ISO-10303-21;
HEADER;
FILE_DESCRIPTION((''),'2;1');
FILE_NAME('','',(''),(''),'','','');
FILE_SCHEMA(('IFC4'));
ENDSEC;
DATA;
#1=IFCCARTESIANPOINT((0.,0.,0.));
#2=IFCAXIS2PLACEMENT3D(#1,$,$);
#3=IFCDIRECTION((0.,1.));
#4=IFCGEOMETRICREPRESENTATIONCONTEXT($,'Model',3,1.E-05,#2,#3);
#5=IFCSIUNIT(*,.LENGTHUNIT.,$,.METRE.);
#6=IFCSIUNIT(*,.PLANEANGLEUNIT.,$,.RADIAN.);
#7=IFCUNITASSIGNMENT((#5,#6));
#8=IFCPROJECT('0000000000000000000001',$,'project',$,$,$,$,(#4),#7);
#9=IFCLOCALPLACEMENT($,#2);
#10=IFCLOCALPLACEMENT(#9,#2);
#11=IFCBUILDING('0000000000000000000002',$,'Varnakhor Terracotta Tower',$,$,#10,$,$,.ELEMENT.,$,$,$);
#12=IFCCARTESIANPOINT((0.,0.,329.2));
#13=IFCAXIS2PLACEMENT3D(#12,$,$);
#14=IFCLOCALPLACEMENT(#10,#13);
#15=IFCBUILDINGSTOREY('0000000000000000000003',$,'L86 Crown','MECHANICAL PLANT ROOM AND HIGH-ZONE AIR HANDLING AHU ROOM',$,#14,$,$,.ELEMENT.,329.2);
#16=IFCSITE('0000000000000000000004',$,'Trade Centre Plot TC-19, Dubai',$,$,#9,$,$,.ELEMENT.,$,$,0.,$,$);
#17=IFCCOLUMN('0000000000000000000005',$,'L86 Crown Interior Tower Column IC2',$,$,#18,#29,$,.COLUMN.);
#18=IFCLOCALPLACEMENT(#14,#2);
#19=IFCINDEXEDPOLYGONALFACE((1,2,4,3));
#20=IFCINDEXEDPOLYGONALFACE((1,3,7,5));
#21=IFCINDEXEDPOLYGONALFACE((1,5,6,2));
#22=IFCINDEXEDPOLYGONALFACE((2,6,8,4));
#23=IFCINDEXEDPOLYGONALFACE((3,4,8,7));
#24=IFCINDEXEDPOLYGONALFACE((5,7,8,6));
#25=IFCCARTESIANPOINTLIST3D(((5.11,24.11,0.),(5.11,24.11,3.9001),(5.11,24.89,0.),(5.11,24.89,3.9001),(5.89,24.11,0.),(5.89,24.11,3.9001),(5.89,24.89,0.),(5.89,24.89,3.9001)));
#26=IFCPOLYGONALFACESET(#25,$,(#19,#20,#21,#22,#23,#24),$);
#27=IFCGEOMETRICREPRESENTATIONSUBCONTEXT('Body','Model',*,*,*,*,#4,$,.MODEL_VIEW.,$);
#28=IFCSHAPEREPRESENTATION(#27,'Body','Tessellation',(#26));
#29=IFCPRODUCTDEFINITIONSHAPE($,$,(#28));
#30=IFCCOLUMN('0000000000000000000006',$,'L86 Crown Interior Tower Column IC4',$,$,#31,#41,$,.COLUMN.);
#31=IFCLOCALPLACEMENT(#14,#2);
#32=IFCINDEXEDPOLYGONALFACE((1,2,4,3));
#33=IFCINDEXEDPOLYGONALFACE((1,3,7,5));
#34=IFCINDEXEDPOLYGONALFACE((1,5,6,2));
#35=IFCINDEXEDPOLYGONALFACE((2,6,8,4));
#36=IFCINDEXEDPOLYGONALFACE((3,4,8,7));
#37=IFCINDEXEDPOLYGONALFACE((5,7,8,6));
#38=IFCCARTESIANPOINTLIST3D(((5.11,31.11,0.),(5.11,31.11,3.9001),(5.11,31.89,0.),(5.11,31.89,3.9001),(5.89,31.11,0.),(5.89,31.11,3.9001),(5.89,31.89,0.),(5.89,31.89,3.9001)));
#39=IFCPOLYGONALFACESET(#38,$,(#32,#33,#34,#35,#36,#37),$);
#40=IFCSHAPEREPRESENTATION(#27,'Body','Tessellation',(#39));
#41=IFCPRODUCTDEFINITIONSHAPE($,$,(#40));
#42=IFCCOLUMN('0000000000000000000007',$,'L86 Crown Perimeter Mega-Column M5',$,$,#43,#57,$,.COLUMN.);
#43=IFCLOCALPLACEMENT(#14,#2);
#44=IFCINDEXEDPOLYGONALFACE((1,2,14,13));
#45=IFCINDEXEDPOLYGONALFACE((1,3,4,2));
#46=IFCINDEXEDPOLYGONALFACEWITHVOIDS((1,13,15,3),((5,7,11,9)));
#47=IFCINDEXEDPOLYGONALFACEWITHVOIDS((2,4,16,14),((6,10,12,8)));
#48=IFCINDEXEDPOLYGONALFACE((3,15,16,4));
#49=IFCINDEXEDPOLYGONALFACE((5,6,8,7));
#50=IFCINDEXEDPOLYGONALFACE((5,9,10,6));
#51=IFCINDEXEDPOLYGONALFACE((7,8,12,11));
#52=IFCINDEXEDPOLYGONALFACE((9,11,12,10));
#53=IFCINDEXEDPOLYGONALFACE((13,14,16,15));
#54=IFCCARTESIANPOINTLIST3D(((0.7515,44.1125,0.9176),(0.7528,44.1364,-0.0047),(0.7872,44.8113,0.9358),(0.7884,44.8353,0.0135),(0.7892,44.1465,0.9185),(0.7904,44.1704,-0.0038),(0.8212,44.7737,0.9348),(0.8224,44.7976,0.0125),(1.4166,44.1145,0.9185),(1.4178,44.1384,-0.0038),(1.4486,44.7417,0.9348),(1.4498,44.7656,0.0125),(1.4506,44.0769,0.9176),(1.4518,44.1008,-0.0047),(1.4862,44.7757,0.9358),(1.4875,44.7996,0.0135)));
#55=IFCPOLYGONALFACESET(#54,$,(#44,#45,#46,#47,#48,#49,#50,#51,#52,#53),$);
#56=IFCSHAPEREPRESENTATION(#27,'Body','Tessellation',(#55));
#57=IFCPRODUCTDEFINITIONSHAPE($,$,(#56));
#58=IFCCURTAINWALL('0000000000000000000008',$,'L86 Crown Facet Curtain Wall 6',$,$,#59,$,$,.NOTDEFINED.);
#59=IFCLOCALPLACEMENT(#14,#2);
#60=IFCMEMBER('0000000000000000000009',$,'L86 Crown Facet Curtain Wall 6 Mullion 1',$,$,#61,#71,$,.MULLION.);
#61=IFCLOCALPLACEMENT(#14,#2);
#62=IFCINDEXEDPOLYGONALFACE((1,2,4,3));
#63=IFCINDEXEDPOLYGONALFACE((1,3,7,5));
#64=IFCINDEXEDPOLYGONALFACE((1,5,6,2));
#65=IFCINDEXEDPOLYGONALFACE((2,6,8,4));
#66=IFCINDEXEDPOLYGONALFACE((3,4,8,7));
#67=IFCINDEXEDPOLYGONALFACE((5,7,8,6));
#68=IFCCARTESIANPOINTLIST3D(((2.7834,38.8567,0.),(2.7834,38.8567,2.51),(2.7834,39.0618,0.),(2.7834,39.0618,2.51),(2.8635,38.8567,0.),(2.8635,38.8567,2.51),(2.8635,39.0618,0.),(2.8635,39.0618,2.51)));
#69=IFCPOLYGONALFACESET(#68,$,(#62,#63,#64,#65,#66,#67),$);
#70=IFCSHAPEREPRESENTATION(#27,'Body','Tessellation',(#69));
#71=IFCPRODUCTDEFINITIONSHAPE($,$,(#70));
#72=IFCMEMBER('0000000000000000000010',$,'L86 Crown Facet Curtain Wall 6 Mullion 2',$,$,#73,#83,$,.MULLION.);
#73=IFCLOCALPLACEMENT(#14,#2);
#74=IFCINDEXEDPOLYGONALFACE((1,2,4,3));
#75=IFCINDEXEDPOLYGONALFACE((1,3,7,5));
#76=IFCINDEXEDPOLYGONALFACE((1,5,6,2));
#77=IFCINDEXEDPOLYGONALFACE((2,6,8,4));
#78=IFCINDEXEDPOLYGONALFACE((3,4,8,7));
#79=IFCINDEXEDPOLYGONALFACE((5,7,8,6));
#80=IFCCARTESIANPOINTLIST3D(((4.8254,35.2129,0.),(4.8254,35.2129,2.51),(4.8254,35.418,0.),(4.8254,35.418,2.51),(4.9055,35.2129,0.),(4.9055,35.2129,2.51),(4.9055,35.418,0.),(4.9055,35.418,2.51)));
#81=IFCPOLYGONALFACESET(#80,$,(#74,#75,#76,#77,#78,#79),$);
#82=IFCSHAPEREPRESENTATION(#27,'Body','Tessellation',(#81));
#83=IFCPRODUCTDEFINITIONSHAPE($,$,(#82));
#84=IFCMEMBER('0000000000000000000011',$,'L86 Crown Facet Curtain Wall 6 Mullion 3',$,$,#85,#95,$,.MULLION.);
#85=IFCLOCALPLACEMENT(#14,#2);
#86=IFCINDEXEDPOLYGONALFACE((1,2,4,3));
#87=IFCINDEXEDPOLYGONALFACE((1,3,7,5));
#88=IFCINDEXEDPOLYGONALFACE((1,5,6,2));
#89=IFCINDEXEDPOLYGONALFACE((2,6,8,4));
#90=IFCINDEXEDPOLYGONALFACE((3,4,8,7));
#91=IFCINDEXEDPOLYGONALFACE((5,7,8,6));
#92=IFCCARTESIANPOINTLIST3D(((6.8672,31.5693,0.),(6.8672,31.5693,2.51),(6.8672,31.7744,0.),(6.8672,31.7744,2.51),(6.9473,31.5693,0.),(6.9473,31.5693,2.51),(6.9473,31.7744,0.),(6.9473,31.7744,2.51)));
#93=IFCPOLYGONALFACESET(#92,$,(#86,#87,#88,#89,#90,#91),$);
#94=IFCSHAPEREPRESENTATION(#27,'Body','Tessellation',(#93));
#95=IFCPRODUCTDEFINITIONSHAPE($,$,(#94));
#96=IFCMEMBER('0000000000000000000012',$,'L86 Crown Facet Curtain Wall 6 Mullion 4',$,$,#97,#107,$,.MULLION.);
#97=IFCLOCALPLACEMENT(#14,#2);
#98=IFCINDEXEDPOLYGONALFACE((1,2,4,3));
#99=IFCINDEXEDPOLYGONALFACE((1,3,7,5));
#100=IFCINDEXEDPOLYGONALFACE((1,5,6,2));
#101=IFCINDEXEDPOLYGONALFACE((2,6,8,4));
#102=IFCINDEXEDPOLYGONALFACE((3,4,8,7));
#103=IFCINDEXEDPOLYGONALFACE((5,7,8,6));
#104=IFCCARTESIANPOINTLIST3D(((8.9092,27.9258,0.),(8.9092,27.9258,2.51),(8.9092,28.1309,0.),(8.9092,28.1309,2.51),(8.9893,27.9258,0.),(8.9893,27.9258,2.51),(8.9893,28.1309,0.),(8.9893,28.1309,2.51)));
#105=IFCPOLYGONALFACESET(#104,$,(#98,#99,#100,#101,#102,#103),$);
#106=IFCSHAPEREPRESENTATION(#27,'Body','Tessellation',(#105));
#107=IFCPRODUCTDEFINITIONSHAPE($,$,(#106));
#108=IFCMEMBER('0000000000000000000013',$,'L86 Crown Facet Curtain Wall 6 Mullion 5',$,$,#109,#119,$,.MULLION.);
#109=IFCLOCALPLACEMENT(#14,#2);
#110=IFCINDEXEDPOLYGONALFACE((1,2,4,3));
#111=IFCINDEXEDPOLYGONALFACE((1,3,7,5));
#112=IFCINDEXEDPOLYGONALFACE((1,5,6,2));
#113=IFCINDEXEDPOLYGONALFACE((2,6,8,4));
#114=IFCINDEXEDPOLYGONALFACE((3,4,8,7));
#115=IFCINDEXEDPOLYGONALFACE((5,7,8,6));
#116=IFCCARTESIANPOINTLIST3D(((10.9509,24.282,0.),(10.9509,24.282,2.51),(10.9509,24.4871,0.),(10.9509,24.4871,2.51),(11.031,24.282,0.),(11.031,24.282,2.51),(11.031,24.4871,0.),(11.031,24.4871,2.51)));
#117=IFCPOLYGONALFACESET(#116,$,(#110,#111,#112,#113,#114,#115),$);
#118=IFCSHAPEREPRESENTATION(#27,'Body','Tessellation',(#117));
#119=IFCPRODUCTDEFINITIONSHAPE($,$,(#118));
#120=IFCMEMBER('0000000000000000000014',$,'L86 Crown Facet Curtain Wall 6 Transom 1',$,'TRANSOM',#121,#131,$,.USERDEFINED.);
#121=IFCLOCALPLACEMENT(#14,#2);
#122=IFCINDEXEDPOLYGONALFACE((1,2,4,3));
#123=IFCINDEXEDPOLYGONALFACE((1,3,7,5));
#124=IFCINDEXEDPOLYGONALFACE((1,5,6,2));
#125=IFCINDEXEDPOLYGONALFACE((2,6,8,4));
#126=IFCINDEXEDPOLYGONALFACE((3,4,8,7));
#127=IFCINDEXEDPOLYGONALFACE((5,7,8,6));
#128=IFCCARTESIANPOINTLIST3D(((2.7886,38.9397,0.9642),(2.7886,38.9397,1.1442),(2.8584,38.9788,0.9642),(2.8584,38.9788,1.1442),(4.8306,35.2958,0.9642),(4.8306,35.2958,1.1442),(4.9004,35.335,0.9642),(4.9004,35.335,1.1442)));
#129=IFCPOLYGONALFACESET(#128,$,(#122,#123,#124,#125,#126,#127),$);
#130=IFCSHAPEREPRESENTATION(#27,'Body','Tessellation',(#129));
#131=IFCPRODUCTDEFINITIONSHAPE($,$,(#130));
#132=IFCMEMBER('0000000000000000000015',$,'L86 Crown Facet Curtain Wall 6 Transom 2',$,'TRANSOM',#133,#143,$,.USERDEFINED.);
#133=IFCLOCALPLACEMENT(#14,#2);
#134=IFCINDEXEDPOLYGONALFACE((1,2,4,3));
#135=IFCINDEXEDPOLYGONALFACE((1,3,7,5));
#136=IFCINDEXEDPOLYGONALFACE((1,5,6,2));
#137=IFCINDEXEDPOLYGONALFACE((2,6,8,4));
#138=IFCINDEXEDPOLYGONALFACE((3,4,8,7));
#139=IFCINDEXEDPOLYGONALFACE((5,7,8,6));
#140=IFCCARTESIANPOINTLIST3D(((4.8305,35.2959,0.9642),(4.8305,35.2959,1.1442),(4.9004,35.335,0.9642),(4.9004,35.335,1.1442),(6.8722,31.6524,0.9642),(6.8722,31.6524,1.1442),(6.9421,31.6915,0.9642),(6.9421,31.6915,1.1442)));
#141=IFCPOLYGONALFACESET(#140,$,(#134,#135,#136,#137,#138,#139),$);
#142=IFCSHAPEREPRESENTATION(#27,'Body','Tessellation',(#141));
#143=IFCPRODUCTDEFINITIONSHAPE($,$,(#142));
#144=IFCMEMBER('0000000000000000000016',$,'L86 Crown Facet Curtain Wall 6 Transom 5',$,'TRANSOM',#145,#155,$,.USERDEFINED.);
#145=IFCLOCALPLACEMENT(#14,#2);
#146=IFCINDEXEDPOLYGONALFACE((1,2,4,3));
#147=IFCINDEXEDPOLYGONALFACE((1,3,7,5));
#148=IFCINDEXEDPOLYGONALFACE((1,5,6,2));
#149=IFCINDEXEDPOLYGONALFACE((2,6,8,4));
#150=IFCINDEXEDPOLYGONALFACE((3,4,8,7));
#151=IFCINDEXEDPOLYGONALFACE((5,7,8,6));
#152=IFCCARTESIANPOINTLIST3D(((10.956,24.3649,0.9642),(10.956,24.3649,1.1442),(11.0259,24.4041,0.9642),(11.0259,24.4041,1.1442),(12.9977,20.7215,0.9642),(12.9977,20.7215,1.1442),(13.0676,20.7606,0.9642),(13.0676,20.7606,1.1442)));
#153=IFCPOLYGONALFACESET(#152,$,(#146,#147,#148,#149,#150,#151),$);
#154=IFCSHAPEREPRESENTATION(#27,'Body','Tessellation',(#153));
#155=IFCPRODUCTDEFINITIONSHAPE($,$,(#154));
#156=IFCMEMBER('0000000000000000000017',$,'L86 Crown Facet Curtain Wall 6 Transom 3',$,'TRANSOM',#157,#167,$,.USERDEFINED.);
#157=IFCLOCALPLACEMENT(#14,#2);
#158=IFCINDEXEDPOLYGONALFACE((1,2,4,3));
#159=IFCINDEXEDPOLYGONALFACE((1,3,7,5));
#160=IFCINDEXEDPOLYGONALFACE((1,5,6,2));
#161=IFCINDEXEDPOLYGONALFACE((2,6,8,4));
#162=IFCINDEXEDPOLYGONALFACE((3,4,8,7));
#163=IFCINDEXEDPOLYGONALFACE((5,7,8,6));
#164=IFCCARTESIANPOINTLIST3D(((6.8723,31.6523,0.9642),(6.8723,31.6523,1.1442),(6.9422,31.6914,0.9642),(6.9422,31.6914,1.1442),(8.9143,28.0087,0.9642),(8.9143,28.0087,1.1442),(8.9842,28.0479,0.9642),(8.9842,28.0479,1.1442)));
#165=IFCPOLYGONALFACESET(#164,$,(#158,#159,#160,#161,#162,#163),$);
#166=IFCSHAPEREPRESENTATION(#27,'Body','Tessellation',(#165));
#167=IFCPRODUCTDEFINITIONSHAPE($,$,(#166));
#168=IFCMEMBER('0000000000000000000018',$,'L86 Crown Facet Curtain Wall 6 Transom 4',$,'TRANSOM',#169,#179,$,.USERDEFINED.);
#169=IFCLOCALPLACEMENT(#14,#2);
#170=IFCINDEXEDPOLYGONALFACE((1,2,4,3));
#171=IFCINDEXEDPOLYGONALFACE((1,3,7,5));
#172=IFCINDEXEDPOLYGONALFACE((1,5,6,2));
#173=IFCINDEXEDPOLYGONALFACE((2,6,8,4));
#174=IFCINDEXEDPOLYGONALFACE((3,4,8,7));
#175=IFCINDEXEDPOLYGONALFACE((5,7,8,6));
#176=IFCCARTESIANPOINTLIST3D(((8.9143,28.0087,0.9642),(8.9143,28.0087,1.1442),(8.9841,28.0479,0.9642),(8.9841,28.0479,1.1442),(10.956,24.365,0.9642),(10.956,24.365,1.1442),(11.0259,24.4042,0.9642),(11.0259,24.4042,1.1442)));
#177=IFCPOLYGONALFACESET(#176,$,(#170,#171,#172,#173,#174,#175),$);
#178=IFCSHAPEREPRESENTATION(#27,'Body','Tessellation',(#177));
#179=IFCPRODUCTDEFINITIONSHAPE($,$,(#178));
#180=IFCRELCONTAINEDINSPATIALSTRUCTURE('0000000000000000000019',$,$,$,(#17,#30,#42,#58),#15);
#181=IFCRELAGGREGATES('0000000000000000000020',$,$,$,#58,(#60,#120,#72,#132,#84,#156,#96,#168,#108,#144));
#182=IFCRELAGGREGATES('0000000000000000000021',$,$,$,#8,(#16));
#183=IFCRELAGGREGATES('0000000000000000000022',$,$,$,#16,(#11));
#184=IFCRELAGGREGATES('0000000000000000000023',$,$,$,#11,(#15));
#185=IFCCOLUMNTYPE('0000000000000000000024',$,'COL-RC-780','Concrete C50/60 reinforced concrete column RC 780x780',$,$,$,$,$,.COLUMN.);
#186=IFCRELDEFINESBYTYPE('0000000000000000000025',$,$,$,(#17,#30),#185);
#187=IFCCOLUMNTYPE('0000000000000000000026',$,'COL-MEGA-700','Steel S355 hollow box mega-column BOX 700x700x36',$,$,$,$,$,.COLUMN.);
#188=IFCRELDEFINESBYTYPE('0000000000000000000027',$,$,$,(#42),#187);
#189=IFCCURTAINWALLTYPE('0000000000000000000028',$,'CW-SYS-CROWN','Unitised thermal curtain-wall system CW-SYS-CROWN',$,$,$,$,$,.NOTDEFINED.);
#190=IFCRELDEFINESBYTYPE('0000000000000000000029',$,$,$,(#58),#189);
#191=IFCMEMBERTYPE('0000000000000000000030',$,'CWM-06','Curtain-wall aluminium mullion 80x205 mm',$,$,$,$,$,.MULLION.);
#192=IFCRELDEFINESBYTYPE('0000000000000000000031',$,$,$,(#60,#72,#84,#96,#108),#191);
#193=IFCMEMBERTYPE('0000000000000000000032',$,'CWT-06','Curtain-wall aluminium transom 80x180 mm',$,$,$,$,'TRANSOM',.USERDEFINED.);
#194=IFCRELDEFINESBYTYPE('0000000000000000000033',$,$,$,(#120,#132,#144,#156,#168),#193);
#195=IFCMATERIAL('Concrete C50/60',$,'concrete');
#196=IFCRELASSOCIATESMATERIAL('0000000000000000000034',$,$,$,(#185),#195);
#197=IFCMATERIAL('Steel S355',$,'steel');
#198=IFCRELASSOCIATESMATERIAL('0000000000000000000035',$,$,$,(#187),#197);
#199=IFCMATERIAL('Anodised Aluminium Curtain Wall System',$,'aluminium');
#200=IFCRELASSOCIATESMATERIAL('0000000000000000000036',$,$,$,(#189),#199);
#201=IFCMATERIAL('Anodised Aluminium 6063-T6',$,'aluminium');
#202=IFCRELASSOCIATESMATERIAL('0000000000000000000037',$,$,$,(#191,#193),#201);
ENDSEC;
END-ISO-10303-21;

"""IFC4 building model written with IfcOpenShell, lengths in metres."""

from ifc_helpers import new_model, si_unit, direction, frame, origin, origin_2d, place, context, subcontext, project, spatial, rectangle, hollow_rectangle, extrude, source, transform, mapped, material, material_profile, profile_set, type_object, element, aggregate, save


model = new_model("IFC4")

# Units and contexts
model_context = context("Model", 3, precision=1e-05, world=origin(), true_north=direction((0.0, 1.0)))
body_context = subcontext(model_context, "Body", "Model", "MODEL_VIEW")
ifc_project = project(units=[si_unit("LENGTHUNIT", "METRE"), si_unit("PLANEANGLEUNIT", "RADIAN")], contexts=[model_context])

# Site, building, storey
site_placement = place(None, origin())
site = spatial("IfcSite", under=ifc_project, at=site_placement, Name="Trade Centre Plot TC-19, Dubai", CompositionType="ELEMENT", RefElevation=0.0)
building_placement = place(site_placement, origin())
building = spatial("IfcBuilding", under=site, at=building_placement, Name="Varnakhor Terracotta Tower", CompositionType="ELEMENT")
storey_placement = place(building_placement, frame((0.0, 0.0, 329.2)))
storey = spatial("IfcBuildingStorey", under=building, at=storey_placement, Name="L86 Crown", Description="MECHANICAL PLANT ROOM AND HIGH-ZONE AIR HANDLING AHU ROOM", CompositionType="ELEMENT", Elevation=329.2)

# Columns
ifc_material_1 = material(Name="Concrete C50/60", Category="concrete")
ifc_material_profile_1 = material_profile(ifc_material_1, rectangle(XDim=0.78, YDim=0.78, at=origin_2d()), Name="RC 780x780")
ifc_profile_set_1 = profile_set([ifc_material_profile_1], Name="Concrete C50/60")
column_type_1 = type_object("IfcColumnType", Name="COL-RC-780", Description="Concrete C50/60 reinforced concrete column RC 780x780", PredefinedType="COLUMN", material=ifc_profile_set_1)
shared_shape_1 = source(origin(), body_context, "Body", "SweptSolid", [
    extrude(rectangle(XDim=0.78, YDim=0.78, at=origin_2d()), origin(), (0.0, 0.0, 1.0), 3.9001),
])
for number, where, z_axis, x_axis, name in (
    (1, (5.5, 24.5, 0.0), (0.0, 0.0, 1.0), (1.0, 0.0, 0.0), "L86 Crown Interior Tower Column IC2"),
    (2, (5.5, 31.5, 0.0), (0.0, 0.0, 1.0), (1.0, 0.0, 0.0), "L86 Crown Interior Tower Column IC4"),
):
    element("IfcColumn", number, at=place(storey_placement, frame(where, z_axis=z_axis, x_axis=x_axis)), inside=storey, type_object=column_type_1, Name=name, PredefinedType="COLUMN", context=body_context, shape_type="MappedRepresentation", body=[
        mapped(shared_shape_1, transform((0.0, 0.0, 0.0), scale=1.0)),
    ])
ifc_material_2 = material(Name="Steel S355", Category="steel")
ifc_material_profile_2 = material_profile(ifc_material_2, hollow_rectangle(XDim=0.7, YDim=0.7, WallThickness=0.0359, at=origin_2d()), Name="BOX 700x700x36")
ifc_profile_set_2 = profile_set([ifc_material_profile_2], Name="Steel S355")
column_type_2 = type_object("IfcColumnType", Name="COL-MEGA-700", Description="Steel S355 hollow box mega-column BOX 700x700x36", PredefinedType="COLUMN", material=ifc_profile_set_2)
shared_shape_2 = source(origin(), body_context, "Body", "SweptSolid", [
    extrude(hollow_rectangle(XDim=0.7, YDim=0.7, WallThickness=0.0359, at=origin_2d()), origin(), (0.0, 0.0, 1.0), 0.9226),
])
column_placement = place(storey_placement, frame((1.1201, 44.468, 0.0044), z_axis=(-0.001323, -0.025931, 0.999663), x_axis=(0.998701, -0.050954, 0.0)))
element("IfcColumn", 3, at=column_placement, inside=storey, type_object=column_type_2, Name="L86 Crown Perimeter Mega-Column M5", PredefinedType="COLUMN", context=body_context, shape_type="MappedRepresentation", body=[
    mapped(shared_shape_2, transform((0.0, 0.0, 0.0), scale=1.0)),
])

# Curtain wall, members
ifc_material_3 = material(Name="Anodised Aluminium Curtain Wall System", Category="aluminium")
curtain_wall_type = type_object("IfcCurtainWallType", Name="CW-SYS-CROWN", Description="Unitised thermal curtain-wall system CW-SYS-CROWN", PredefinedType="NOTDEFINED", material=ifc_material_3)
curtain_wall_1_placement = place(storey_placement, origin())
curtain_wall_1 = element("IfcCurtainWall", 4, at=curtain_wall_1_placement, inside=storey, type_object=curtain_wall_type, Name="L86 Crown Facet Curtain Wall 6", PredefinedType="NOTDEFINED")
ifc_material_4 = material(Name="Anodised Aluminium 6063-T6", Category="aluminium")
ifc_material_profile_3 = material_profile(ifc_material_4, rectangle(XDim=0.0801, YDim=0.2051, at=origin_2d()), Name="ALU MULLION 80x205")
ifc_profile_set_3 = profile_set([ifc_material_profile_3], Name="Anodised Aluminium 6063-T6")
member_type_1 = type_object("IfcMemberType", Name="CWM-06", Description="Curtain-wall aluminium mullion 80x205 mm", PredefinedType="MULLION", material=ifc_profile_set_3)
shared_shape_3 = source(origin(), body_context, "Body", "SweptSolid", [
    extrude(rectangle(XDim=0.0801, YDim=0.2051, at=origin_2d()), origin(), (0.0, 0.0, 1.0), 2.51),
])
member_1_placement = place(storey_placement, frame((2.8235, 38.9592, 0.0), z_axis=(0.0, 0.0, 1.0), x_axis=(1.0, 0.0, 0.0)))
member_1 = element("IfcMember", 5, at=member_1_placement, type_object=member_type_1, Name="L86 Crown Facet Curtain Wall 6 Mullion 1", PredefinedType="MULLION", context=body_context, shape_type="MappedRepresentation", body=[
    mapped(shared_shape_3, transform((0.0, 0.0, 0.0), scale=1.0)),
])
member_2_placement = place(storey_placement, frame((4.8655, 35.3154, 0.0), z_axis=(0.0, 0.0, 1.0), x_axis=(1.0, 0.0, 0.0)))
member_2 = element("IfcMember", 6, at=member_2_placement, type_object=member_type_1, Name="L86 Crown Facet Curtain Wall 6 Mullion 2", PredefinedType="MULLION", context=body_context, shape_type="MappedRepresentation", body=[
    mapped(shared_shape_3, transform((0.0, 0.0, 0.0), scale=1.0)),
])
member_3_placement = place(storey_placement, frame((6.9072, 31.6719, 0.0), z_axis=(0.0, 0.0, 1.0), x_axis=(1.0, 0.0, 0.0)))
member_3 = element("IfcMember", 7, at=member_3_placement, type_object=member_type_1, Name="L86 Crown Facet Curtain Wall 6 Mullion 3", PredefinedType="MULLION", context=body_context, shape_type="MappedRepresentation", body=[
    mapped(shared_shape_3, transform((0.0, 0.0, 0.0), scale=1.0)),
])
member_4_placement = place(storey_placement, frame((8.9492, 28.0283, 0.0), z_axis=(0.0, 0.0, 1.0), x_axis=(1.0, 0.0, 0.0)))
member_4 = element("IfcMember", 8, at=member_4_placement, type_object=member_type_1, Name="L86 Crown Facet Curtain Wall 6 Mullion 4", PredefinedType="MULLION", context=body_context, shape_type="MappedRepresentation", body=[
    mapped(shared_shape_3, transform((0.0, 0.0, 0.0), scale=1.0)),
])
member_5_placement = place(storey_placement, frame((10.991, 24.3845, 0.0), z_axis=(0.0, 0.0, 1.0), x_axis=(1.0, 0.0, 0.0)))
member_5 = element("IfcMember", 9, at=member_5_placement, type_object=member_type_1, Name="L86 Crown Facet Curtain Wall 6 Mullion 5", PredefinedType="MULLION", context=body_context, shape_type="MappedRepresentation", body=[
    mapped(shared_shape_3, transform((0.0, 0.0, 0.0), scale=1.0)),
])
ifc_material_profile_4 = material_profile(ifc_material_4, rectangle(XDim=0.0801, YDim=0.1799, at=origin_2d()), Name="ALU TRANSOM 80x180")
ifc_profile_set_4 = profile_set([ifc_material_profile_4], Name="Anodised Aluminium 6063-T6")
member_type_2 = type_object("IfcMemberType", Name="CWT-06", Description="Curtain-wall aluminium transom 80x180 mm", ElementType="TRANSOM", PredefinedType="USERDEFINED", material=ifc_profile_set_4)
shared_shape_4 = source(origin(), body_context, "Body", "SweptSolid", [
    extrude(rectangle(XDim=0.0801, YDim=0.1799, at=origin_2d()), origin(), (0.0, 0.0, 1.0), 4.177),
])
member_6_placement = place(storey_placement, frame((2.8235, 38.9592, 1.0542), z_axis=(0.48887, -0.872356, 0.0), x_axis=(0.872356, 0.48887, 0.0)))
member_6 = element("IfcMember", 10, at=member_6_placement, type_object=member_type_2, Name="L86 Crown Facet Curtain Wall 6 Transom 1", ObjectType="TRANSOM", PredefinedType="USERDEFINED", context=body_context, shape_type="MappedRepresentation", body=[
    mapped(shared_shape_4, transform((0.0, 0.0, 0.0), scale=1.0)),
])
shared_shape_5 = source(origin(), body_context, "Body", "SweptSolid", [
    extrude(rectangle(XDim=0.0801, YDim=0.1799, at=origin_2d()), origin(), (0.0, 0.0, 1.0), 4.1765),
])
member_7_placement = place(storey_placement, frame((4.8655, 35.3154, 1.0542), z_axis=(0.488851, -0.872367, 0.0), x_axis=(0.872367, 0.488851, 0.0)))
member_7 = element("IfcMember", 11, at=member_7_placement, type_object=member_type_2, Name="L86 Crown Facet Curtain Wall 6 Transom 2", ObjectType="TRANSOM", PredefinedType="USERDEFINED", context=body_context, shape_type="MappedRepresentation", body=[
    mapped(shared_shape_5, transform((0.0, 0.0, 0.0), scale=1.0)),
])
member_8_placement = place(storey_placement, frame((10.991, 24.3845, 1.0542), z_axis=(0.488851, -0.872367, 0.0), x_axis=(0.872367, 0.488851, 0.0)))
member_8 = element("IfcMember", 12, at=member_8_placement, type_object=member_type_2, Name="L86 Crown Facet Curtain Wall 6 Transom 5", ObjectType="TRANSOM", PredefinedType="USERDEFINED", context=body_context, shape_type="MappedRepresentation", body=[
    mapped(shared_shape_5, transform((0.0, 0.0, 0.0), scale=1.0)),
])
shared_shape_6 = source(origin(), body_context, "Body", "SweptSolid", [
    extrude(rectangle(XDim=0.0801, YDim=0.1799, at=origin_2d()), origin(), (0.0, 0.0, 1.0), 4.1768),
])
member_9_placement = place(storey_placement, frame((6.9072, 31.6719, 1.0542), z_axis=(0.488895, -0.872342, 0.0), x_axis=(0.872342, 0.488895, 0.0)))
member_9 = element("IfcMember", 13, at=member_9_placement, type_object=member_type_2, Name="L86 Crown Facet Curtain Wall 6 Transom 3", ObjectType="TRANSOM", PredefinedType="USERDEFINED", context=body_context, shape_type="MappedRepresentation", body=[
    mapped(shared_shape_6, transform((0.0, 0.0, 0.0), scale=1.0)),
])
member_10_placement = place(storey_placement, frame((8.9492, 28.0283, 1.0542), z_axis=(0.488826, -0.872381, 0.0), x_axis=(0.872381, 0.488826, 0.0)))
member_10 = element("IfcMember", 14, at=member_10_placement, type_object=member_type_2, Name="L86 Crown Facet Curtain Wall 6 Transom 4", ObjectType="TRANSOM", PredefinedType="USERDEFINED", context=body_context, shape_type="MappedRepresentation", body=[
    mapped(shared_shape_6, transform((0.0, 0.0, 0.0), scale=1.0)),
])

aggregate(curtain_wall_1, [member_1, member_6, member_2, member_7, member_3, member_9, member_4, member_10, member_5, member_8])

save(model, "model.ifc")
